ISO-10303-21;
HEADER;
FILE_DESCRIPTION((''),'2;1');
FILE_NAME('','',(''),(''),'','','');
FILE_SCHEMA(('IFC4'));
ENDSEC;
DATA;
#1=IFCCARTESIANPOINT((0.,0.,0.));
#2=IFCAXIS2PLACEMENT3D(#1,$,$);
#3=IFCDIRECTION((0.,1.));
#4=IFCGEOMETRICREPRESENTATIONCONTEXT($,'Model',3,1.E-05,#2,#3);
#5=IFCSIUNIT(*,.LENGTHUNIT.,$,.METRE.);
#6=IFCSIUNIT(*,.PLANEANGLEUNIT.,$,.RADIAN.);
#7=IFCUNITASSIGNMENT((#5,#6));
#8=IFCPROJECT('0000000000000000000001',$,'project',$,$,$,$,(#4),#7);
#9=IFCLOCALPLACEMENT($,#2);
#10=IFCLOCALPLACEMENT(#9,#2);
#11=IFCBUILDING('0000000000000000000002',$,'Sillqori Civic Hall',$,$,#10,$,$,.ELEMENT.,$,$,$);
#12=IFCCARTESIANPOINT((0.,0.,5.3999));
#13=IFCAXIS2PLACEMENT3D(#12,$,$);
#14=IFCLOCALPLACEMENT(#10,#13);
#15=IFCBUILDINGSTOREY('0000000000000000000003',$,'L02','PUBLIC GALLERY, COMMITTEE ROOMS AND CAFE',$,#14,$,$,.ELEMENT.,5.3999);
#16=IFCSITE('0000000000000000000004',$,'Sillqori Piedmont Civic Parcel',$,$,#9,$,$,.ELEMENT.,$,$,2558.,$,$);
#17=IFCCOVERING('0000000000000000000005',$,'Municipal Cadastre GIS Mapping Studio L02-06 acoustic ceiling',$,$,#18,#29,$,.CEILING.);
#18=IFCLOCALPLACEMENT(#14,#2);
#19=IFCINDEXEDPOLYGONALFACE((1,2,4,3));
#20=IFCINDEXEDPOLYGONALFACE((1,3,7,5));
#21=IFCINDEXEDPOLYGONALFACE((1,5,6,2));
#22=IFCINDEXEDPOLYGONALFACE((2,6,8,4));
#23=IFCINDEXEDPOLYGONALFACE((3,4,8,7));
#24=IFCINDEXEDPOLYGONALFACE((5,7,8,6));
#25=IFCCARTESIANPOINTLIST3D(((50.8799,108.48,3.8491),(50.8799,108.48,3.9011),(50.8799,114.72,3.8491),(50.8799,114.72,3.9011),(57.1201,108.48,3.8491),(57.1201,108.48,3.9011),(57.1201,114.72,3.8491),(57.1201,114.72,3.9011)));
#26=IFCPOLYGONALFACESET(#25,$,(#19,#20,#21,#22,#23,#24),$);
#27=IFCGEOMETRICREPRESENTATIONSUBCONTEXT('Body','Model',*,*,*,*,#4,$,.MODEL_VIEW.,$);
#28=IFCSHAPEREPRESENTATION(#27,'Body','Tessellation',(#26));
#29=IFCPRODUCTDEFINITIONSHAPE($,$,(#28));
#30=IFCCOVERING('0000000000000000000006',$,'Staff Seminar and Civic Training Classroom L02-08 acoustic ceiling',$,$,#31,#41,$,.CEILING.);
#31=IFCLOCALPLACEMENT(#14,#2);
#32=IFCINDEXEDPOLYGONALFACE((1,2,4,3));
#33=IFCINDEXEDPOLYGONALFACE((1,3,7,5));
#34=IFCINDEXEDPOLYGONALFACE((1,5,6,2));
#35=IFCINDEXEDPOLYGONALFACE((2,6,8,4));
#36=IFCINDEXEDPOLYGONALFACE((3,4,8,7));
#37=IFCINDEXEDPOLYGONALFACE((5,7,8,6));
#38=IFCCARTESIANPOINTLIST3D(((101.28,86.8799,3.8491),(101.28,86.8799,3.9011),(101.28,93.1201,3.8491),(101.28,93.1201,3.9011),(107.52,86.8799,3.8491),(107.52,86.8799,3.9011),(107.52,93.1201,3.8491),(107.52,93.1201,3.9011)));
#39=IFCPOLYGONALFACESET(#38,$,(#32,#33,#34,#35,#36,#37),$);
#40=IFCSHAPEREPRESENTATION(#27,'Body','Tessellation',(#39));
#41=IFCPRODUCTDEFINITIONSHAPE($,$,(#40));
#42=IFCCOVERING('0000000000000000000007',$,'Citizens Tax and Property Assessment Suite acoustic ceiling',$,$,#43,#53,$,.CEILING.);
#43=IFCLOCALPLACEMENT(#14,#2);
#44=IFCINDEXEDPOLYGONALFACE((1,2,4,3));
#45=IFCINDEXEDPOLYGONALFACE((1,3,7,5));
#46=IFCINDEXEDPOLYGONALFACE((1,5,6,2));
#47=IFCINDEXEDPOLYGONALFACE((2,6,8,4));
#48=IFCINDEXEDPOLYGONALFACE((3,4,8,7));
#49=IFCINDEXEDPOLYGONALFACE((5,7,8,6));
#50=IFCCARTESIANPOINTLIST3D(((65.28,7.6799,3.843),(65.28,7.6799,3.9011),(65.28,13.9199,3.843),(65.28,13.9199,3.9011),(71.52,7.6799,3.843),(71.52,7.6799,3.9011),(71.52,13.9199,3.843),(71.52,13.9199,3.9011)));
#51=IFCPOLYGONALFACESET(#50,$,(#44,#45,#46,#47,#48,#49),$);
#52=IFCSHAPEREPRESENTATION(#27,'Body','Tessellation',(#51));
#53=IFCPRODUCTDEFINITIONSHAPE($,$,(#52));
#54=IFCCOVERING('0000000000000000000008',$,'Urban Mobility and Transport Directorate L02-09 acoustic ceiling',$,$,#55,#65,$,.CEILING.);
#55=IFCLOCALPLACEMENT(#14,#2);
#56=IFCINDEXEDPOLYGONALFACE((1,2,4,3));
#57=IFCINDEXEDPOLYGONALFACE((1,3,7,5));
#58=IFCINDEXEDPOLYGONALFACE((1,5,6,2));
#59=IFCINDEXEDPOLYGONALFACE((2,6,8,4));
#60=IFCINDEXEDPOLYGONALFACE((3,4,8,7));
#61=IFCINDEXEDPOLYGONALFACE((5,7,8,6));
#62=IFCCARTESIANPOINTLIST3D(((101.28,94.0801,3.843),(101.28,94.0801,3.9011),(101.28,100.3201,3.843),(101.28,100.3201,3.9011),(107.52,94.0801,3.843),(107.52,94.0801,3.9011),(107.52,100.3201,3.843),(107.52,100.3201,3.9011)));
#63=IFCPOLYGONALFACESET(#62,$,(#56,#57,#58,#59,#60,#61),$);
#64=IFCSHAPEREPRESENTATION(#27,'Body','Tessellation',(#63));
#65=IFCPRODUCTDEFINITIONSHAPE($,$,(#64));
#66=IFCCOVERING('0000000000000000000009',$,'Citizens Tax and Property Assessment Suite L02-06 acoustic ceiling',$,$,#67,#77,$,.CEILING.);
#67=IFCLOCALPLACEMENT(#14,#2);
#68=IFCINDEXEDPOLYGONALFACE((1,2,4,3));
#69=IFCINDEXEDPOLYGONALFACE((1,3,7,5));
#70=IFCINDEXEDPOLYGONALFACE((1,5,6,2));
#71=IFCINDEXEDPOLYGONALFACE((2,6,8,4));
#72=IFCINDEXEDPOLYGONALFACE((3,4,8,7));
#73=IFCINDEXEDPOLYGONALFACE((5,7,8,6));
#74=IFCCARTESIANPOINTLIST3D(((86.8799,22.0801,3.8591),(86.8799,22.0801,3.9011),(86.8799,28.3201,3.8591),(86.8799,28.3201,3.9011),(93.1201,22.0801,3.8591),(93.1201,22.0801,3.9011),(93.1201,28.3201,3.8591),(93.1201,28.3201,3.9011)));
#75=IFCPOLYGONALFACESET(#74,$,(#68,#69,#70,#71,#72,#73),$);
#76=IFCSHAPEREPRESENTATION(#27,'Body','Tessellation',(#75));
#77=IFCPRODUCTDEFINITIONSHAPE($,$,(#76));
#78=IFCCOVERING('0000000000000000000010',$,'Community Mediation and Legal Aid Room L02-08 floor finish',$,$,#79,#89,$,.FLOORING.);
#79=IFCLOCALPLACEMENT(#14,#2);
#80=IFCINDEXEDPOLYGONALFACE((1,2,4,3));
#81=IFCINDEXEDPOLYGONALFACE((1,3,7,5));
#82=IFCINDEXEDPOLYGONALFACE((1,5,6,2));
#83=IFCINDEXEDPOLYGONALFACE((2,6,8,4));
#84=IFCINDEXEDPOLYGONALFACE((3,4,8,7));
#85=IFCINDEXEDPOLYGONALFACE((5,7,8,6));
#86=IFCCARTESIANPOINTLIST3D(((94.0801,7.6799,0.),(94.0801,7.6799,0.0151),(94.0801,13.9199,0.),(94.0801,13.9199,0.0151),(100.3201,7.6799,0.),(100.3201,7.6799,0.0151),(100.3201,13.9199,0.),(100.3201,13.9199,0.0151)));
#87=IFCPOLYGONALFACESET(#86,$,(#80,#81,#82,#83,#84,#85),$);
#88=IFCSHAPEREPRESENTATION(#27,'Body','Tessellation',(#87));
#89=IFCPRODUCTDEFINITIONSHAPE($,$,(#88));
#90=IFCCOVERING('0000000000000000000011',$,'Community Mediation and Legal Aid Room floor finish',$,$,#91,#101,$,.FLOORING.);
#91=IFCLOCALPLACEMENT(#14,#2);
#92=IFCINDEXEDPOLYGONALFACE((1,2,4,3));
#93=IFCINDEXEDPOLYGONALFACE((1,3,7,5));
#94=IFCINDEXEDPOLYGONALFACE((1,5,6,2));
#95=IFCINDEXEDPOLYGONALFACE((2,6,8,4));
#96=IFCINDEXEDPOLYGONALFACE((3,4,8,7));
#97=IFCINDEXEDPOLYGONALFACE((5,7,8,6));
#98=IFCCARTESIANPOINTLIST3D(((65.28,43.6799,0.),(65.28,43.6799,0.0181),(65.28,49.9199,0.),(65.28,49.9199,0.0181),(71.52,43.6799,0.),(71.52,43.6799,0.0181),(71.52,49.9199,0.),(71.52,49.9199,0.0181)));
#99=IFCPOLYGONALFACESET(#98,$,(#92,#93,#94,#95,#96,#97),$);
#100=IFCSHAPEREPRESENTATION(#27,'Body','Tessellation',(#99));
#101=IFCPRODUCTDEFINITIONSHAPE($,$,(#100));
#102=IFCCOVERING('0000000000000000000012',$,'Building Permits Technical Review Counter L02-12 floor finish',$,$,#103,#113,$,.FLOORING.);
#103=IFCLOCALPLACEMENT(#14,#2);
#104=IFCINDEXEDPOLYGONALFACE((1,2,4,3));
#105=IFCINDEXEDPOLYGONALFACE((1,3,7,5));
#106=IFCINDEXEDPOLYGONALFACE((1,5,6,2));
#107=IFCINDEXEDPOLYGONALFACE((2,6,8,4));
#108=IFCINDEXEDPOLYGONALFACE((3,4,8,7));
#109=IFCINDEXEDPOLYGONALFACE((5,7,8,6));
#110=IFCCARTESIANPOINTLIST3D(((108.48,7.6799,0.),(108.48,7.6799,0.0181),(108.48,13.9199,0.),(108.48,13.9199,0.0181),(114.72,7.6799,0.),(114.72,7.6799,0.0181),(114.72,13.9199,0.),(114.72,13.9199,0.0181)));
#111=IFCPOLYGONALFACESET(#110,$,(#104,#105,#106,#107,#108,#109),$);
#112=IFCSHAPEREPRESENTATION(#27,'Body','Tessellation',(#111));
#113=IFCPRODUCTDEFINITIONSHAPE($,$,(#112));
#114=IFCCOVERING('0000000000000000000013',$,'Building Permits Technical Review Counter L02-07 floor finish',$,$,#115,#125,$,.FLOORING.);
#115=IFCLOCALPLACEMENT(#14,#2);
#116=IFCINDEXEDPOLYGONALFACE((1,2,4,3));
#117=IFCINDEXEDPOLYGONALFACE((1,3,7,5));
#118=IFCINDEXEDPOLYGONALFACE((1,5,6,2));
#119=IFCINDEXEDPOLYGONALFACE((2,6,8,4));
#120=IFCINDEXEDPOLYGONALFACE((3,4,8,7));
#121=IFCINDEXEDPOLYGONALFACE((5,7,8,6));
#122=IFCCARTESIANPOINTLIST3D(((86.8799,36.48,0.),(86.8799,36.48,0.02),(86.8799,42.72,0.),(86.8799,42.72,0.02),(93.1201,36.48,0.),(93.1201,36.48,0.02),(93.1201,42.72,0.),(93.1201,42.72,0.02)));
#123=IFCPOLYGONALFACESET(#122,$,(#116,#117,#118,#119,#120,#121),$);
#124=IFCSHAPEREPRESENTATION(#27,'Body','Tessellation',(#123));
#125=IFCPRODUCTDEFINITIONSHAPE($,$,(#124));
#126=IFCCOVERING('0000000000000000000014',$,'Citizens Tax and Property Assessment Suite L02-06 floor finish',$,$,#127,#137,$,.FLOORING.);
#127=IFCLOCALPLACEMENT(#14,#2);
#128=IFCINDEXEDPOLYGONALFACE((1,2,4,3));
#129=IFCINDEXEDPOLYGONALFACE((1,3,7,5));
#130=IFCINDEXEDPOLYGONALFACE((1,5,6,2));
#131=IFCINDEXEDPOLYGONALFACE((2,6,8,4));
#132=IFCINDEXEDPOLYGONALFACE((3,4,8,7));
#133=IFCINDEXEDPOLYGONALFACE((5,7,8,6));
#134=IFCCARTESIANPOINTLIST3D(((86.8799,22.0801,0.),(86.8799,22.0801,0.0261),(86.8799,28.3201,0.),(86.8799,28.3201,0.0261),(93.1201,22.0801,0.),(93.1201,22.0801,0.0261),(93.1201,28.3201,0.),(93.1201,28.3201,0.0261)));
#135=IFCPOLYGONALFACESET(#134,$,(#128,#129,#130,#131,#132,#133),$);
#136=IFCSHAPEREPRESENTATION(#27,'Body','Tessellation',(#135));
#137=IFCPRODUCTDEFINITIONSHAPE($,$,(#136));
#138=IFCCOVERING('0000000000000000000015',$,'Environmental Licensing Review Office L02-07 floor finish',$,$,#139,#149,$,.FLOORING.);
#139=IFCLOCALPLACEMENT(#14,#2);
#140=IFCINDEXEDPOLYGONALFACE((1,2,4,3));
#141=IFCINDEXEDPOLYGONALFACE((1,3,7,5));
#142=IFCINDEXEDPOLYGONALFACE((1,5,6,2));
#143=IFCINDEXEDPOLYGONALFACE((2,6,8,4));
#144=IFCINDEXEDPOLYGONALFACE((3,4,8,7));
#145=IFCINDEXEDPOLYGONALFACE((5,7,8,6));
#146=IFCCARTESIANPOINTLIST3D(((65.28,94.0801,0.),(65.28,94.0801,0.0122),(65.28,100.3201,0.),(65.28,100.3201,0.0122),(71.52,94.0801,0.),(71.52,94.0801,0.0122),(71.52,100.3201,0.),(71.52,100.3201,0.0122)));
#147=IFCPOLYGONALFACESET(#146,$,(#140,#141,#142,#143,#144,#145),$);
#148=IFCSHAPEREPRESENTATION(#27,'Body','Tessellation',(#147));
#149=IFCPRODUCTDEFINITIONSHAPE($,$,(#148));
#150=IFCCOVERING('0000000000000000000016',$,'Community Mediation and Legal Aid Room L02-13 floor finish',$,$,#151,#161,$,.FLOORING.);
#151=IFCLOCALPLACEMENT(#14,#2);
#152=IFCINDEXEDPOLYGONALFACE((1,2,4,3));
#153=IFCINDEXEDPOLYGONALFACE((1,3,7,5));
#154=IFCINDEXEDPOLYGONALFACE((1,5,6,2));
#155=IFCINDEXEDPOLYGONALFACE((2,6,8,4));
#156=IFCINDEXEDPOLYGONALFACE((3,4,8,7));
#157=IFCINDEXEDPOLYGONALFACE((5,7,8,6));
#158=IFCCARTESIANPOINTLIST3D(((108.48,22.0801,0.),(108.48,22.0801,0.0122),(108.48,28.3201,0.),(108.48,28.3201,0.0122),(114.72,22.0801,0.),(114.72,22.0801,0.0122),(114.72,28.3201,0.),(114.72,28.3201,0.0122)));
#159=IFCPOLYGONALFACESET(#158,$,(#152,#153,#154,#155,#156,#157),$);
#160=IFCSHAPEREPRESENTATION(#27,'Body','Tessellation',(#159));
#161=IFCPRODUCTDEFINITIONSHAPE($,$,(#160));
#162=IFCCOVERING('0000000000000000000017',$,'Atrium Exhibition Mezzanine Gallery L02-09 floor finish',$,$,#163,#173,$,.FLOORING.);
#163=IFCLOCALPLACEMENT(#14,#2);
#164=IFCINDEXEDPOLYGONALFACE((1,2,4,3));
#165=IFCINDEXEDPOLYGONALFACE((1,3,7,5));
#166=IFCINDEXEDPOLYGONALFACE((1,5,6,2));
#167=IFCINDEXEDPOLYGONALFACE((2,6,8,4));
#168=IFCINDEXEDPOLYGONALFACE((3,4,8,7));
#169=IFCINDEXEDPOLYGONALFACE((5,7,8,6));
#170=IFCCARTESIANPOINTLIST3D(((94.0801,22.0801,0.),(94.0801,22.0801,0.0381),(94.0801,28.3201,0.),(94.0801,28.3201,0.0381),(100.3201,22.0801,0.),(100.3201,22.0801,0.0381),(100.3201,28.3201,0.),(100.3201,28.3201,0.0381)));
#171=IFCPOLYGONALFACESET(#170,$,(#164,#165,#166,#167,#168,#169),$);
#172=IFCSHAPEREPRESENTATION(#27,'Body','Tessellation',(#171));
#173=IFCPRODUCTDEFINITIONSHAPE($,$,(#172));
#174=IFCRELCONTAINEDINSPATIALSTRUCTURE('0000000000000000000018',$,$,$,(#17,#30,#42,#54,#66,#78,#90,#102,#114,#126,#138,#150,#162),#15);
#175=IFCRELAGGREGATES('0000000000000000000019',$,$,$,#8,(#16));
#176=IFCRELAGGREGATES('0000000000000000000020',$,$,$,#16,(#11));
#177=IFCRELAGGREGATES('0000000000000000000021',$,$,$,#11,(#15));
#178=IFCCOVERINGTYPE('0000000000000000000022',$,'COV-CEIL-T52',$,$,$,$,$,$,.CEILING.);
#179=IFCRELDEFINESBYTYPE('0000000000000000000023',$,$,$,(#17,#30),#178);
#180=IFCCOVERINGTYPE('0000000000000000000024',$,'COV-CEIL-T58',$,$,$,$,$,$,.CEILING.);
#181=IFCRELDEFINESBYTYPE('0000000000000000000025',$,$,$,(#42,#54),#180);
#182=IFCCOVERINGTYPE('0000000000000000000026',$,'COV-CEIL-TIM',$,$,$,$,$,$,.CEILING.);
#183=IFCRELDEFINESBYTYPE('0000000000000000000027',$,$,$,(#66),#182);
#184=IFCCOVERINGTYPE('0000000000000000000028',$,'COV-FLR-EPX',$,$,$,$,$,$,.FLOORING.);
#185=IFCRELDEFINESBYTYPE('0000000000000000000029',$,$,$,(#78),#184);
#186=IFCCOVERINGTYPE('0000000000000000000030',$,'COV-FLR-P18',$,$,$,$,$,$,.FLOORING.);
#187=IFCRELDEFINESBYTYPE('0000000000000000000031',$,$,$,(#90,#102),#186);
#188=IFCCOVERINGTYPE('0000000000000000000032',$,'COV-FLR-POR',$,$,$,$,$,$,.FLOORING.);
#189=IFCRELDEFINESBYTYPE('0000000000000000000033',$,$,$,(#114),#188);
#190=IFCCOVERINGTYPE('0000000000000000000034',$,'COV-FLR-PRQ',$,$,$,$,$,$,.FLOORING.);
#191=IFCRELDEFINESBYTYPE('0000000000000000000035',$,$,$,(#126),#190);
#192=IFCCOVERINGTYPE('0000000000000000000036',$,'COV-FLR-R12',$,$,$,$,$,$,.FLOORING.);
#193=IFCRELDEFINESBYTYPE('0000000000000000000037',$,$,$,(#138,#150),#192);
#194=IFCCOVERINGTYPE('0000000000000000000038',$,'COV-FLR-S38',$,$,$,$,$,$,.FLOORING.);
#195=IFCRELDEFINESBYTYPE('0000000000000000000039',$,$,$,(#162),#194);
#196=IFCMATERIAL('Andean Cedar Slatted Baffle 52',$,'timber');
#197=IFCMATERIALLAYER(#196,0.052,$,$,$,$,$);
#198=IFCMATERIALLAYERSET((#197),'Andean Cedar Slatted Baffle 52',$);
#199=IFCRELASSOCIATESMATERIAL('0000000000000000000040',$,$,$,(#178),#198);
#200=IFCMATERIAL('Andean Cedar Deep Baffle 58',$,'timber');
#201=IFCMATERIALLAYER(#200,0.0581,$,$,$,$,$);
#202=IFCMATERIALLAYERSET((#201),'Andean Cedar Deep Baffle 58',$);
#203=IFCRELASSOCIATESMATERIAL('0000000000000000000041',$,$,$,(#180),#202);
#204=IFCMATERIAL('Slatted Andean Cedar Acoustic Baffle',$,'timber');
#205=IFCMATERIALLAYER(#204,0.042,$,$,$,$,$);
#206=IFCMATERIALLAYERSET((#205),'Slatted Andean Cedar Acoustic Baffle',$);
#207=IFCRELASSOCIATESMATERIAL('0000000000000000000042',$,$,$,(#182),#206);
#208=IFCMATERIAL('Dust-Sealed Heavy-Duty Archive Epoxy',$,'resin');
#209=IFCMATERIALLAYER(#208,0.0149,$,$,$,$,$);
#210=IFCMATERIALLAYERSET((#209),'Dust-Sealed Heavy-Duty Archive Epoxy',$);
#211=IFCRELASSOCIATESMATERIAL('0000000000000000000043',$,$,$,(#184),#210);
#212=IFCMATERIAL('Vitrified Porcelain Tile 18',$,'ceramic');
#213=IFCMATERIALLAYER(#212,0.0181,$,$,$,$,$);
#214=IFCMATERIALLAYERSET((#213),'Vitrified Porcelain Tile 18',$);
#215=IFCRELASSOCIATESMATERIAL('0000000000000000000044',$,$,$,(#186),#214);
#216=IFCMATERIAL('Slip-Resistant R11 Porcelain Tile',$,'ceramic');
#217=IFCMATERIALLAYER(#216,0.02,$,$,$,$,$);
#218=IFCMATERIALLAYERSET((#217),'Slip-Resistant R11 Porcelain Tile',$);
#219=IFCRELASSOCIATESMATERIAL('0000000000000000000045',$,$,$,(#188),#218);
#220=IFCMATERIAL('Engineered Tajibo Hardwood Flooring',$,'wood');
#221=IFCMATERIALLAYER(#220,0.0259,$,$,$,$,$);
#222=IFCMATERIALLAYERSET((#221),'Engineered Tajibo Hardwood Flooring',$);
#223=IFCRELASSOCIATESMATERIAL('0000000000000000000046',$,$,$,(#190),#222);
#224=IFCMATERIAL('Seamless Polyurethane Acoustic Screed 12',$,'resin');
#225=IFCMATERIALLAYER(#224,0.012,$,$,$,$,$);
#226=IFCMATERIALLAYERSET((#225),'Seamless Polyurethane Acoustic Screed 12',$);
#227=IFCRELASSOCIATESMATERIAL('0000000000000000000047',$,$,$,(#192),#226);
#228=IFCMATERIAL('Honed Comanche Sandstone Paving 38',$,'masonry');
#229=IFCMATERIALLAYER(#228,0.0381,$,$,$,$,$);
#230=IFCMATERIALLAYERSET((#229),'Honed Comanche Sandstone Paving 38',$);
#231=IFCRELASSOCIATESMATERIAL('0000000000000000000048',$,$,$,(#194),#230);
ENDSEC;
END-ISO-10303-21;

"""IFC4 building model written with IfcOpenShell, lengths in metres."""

from ifc_helpers import new_model, si_unit, direction, frame, origin, place, context, subcontext, project, spatial, polyline, outline, extrude, material, layer, layer_set, type_object, element, save


model = new_model("IFC4")

# Units and contexts
model_context = context("Model", 3, precision=1e-05, world=origin(), true_north=direction((0.0, 1.0)))
body_context = subcontext(model_context, "Body", "Model", "MODEL_VIEW")
ifc_project = project(units=[si_unit("LENGTHUNIT", "METRE"), si_unit("PLANEANGLEUNIT", "RADIAN")], contexts=[model_context])

# Site, building, storey
site_placement = place(None, origin())
site = spatial("IfcSite", under=ifc_project, at=site_placement, Name="Sillqori Piedmont Civic Parcel", CompositionType="ELEMENT", RefElevation=2558.0)
building_placement = place(site_placement, origin())
building = spatial("IfcBuilding", under=site, at=building_placement, Name="Sillqori Civic Hall", CompositionType="ELEMENT")
storey_placement = place(building_placement, frame((0.0, 0.0, 5.3999)))
storey = spatial("IfcBuildingStorey", under=building, at=storey_placement, Name="L02", Description="PUBLIC GALLERY, COMMITTEE ROOMS AND CAFE", CompositionType="ELEMENT", Elevation=5.3999)

# Coverings
ifc_material_1 = material(Name="Andean Cedar Slatted Baffle 52", Category="timber")
ifc_layer_1 = layer(ifc_material_1, 0.052)
ifc_layer_set_1 = layer_set([ifc_layer_1], Name="Andean Cedar Slatted Baffle 52")
covering_type_1 = type_object("IfcCoveringType", Name="COV-CEIL-T52", PredefinedType="CEILING", material=ifc_layer_set_1)
covering_1_placement = place(storey_placement, frame((0.0, 0.0, 3.8491)))
element("IfcCovering", 1, at=covering_1_placement, inside=storey, type_object=covering_type_1, Name="Municipal Cadastre GIS Mapping Studio L02-06 acoustic ceiling", PredefinedType="CEILING", context=body_context, shape_type="SweptSolid", body=[
    extrude(outline(polyline([(50.8799, 108.48), (57.1201, 108.48), (57.1201, 114.72), (50.8799, 114.72), (50.8799, 108.48)])), origin(), (0.0, 0.0, 1.0), 0.052),
])
covering_2_placement = place(storey_placement, frame((0.0, 0.0, 3.8491)))
element("IfcCovering", 2, at=covering_2_placement, inside=storey, type_object=covering_type_1, Name="Staff Seminar and Civic Training Classroom L02-08 acoustic ceiling", PredefinedType="CEILING", context=body_context, shape_type="SweptSolid", body=[
    extrude(outline(polyline([(101.28, 86.8799), (107.52, 86.8799), (107.52, 93.1201), (101.28, 93.1201), (101.28, 86.8799)])), origin(), (0.0, 0.0, 1.0), 0.052),
])
ifc_material_2 = material(Name="Andean Cedar Deep Baffle 58", Category="timber")
ifc_layer_2 = layer(ifc_material_2, 0.0581)
ifc_layer_set_2 = layer_set([ifc_layer_2], Name="Andean Cedar Deep Baffle 58")
covering_type_2 = type_object("IfcCoveringType", Name="COV-CEIL-T58", PredefinedType="CEILING", material=ifc_layer_set_2)
covering_3_placement = place(storey_placement, frame((0.0, 0.0, 3.843)))
element("IfcCovering", 3, at=covering_3_placement, inside=storey, type_object=covering_type_2, Name="Citizens Tax and Property Assessment Suite acoustic ceiling", PredefinedType="CEILING", context=body_context, shape_type="SweptSolid", body=[
    extrude(outline(polyline([(65.28, 7.6799), (71.52, 7.6799), (71.52, 13.9199), (65.28, 13.9199), (65.28, 7.6799)])), origin(), (0.0, 0.0, 1.0), 0.0581),
])
covering_4_placement = place(storey_placement, frame((0.0, 0.0, 3.843)))
element("IfcCovering", 4, at=covering_4_placement, inside=storey, type_object=covering_type_2, Name="Urban Mobility and Transport Directorate L02-09 acoustic ceiling", PredefinedType="CEILING", context=body_context, shape_type="SweptSolid", body=[
    extrude(outline(polyline([(101.28, 94.0801), (107.52, 94.0801), (107.52, 100.3201), (101.28, 100.3201), (101.28, 94.0801)])), origin(), (0.0, 0.0, 1.0), 0.0581),
])
ifc_material_3 = material(Name="Slatted Andean Cedar Acoustic Baffle", Category="timber")
ifc_layer_3 = layer(ifc_material_3, 0.042)
ifc_layer_set_3 = layer_set([ifc_layer_3], Name="Slatted Andean Cedar Acoustic Baffle")
covering_type_3 = type_object("IfcCoveringType", Name="COV-CEIL-TIM", PredefinedType="CEILING", material=ifc_layer_set_3)
covering_5_placement = place(storey_placement, frame((0.0, 0.0, 3.8591)))
element("IfcCovering", 5, at=covering_5_placement, inside=storey, type_object=covering_type_3, Name="Citizens Tax and Property Assessment Suite L02-06 acoustic ceiling", PredefinedType="CEILING", context=body_context, shape_type="SweptSolid", body=[
    extrude(outline(polyline([(86.8799, 22.0801), (93.1201, 22.0801), (93.1201, 28.3201), (86.8799, 28.3201), (86.8799, 22.0801)])), origin(), (0.0, 0.0, 1.0), 0.042),
])
ifc_material_4 = material(Name="Dust-Sealed Heavy-Duty Archive Epoxy", Category="resin")
ifc_layer_4 = layer(ifc_material_4, 0.0149)
ifc_layer_set_4 = layer_set([ifc_layer_4], Name="Dust-Sealed Heavy-Duty Archive Epoxy")
covering_type_4 = type_object("IfcCoveringType", Name="COV-FLR-EPX", PredefinedType="FLOORING", material=ifc_layer_set_4)
covering_6_placement = place(storey_placement, origin())
element("IfcCovering", 6, at=covering_6_placement, inside=storey, type_object=covering_type_4, Name="Community Mediation and Legal Aid Room L02-08 floor finish", PredefinedType="FLOORING", context=body_context, shape_type="SweptSolid", body=[
    extrude(outline(polyline([(94.0801, 7.6799), (100.3201, 7.6799), (100.3201, 13.9199), (94.0801, 13.9199), (94.0801, 7.6799)])), origin(), (0.0, 0.0, 1.0), 0.0151),
])
ifc_material_5 = material(Name="Vitrified Porcelain Tile 18", Category="ceramic")
ifc_layer_5 = layer(ifc_material_5, 0.0181)
ifc_layer_set_5 = layer_set([ifc_layer_5], Name="Vitrified Porcelain Tile 18")
covering_type_5 = type_object("IfcCoveringType", Name="COV-FLR-P18", PredefinedType="FLOORING", material=ifc_layer_set_5)
covering_7_placement = place(storey_placement, origin())
element("IfcCovering", 7, at=covering_7_placement, inside=storey, type_object=covering_type_5, Name="Community Mediation and Legal Aid Room floor finish", PredefinedType="FLOORING", context=body_context, shape_type="SweptSolid", body=[
    extrude(outline(polyline([(65.28, 43.6799), (71.52, 43.6799), (71.52, 49.9199), (65.28, 49.9199), (65.28, 43.6799)])), origin(), (0.0, 0.0, 1.0), 0.0181),
])
covering_8_placement = place(storey_placement, origin())
element("IfcCovering", 8, at=covering_8_placement, inside=storey, type_object=covering_type_5, Name="Building Permits Technical Review Counter L02-12 floor finish", PredefinedType="FLOORING", context=body_context, shape_type="SweptSolid", body=[
    extrude(outline(polyline([(108.48, 7.6799), (114.72, 7.6799), (114.72, 13.9199), (108.48, 13.9199), (108.48, 7.6799)])), origin(), (0.0, 0.0, 1.0), 0.0181),
])
ifc_material_6 = material(Name="Slip-Resistant R11 Porcelain Tile", Category="ceramic")
ifc_layer_6 = layer(ifc_material_6, 0.02)
ifc_layer_set_6 = layer_set([ifc_layer_6], Name="Slip-Resistant R11 Porcelain Tile")
covering_type_6 = type_object("IfcCoveringType", Name="COV-FLR-POR", PredefinedType="FLOORING", material=ifc_layer_set_6)
covering_9_placement = place(storey_placement, origin())
element("IfcCovering", 9, at=covering_9_placement, inside=storey, type_object=covering_type_6, Name="Building Permits Technical Review Counter L02-07 floor finish", PredefinedType="FLOORING", context=body_context, shape_type="SweptSolid", body=[
    extrude(outline(polyline([(86.8799, 36.48), (93.1201, 36.48), (93.1201, 42.72), (86.8799, 42.72), (86.8799, 36.48)])), origin(), (0.0, 0.0, 1.0), 0.02),
])
ifc_material_7 = material(Name="Engineered Tajibo Hardwood Flooring", Category="wood")
ifc_layer_7 = layer(ifc_material_7, 0.0259)
ifc_layer_set_7 = layer_set([ifc_layer_7], Name="Engineered Tajibo Hardwood Flooring")
covering_type_7 = type_object("IfcCoveringType", Name="COV-FLR-PRQ", PredefinedType="FLOORING", material=ifc_layer_set_7)
covering_10_placement = place(storey_placement, origin())
element("IfcCovering", 10, at=covering_10_placement, inside=storey, type_object=covering_type_7, Name="Citizens Tax and Property Assessment Suite L02-06 floor finish", PredefinedType="FLOORING", context=body_context, shape_type="SweptSolid", body=[
    extrude(outline(polyline([(86.8799, 22.0801), (93.1201, 22.0801), (93.1201, 28.3201), (86.8799, 28.3201), (86.8799, 22.0801)])), origin(), (0.0, 0.0, 1.0), 0.0261),
])
ifc_material_8 = material(Name="Seamless Polyurethane Acoustic Screed 12", Category="resin")
ifc_layer_8 = layer(ifc_material_8, 0.012)
ifc_layer_set_8 = layer_set([ifc_layer_8], Name="Seamless Polyurethane Acoustic Screed 12")
covering_type_8 = type_object("IfcCoveringType", Name="COV-FLR-R12", PredefinedType="FLOORING", material=ifc_layer_set_8)
covering_11_placement = place(storey_placement, origin())
element("IfcCovering", 11, at=covering_11_placement, inside=storey, type_object=covering_type_8, Name="Environmental Licensing Review Office L02-07 floor finish", PredefinedType="FLOORING", context=body_context, shape_type="SweptSolid", body=[
    extrude(outline(polyline([(65.28, 94.0801), (71.52, 94.0801), (71.52, 100.3201), (65.28, 100.3201), (65.28, 94.0801)])), origin(), (0.0, 0.0, 1.0), 0.0122),
])
covering_12_placement = place(storey_placement, origin())
element("IfcCovering", 12, at=covering_12_placement, inside=storey, type_object=covering_type_8, Name="Community Mediation and Legal Aid Room L02-13 floor finish", PredefinedType="FLOORING", context=body_context, shape_type="SweptSolid", body=[
    extrude(outline(polyline([(108.48, 22.0801), (114.72, 22.0801), (114.72, 28.3201), (108.48, 28.3201), (108.48, 22.0801)])), origin(), (0.0, 0.0, 1.0), 0.0122),
])
ifc_material_9 = material(Name="Honed Comanche Sandstone Paving 38", Category="masonry")
ifc_layer_9 = layer(ifc_material_9, 0.0381)
ifc_layer_set_9 = layer_set([ifc_layer_9], Name="Honed Comanche Sandstone Paving 38")
covering_type_9 = type_object("IfcCoveringType", Name="COV-FLR-S38", PredefinedType="FLOORING", material=ifc_layer_set_9)
covering_13_placement = place(storey_placement, origin())
element("IfcCovering", 13, at=covering_13_placement, inside=storey, type_object=covering_type_9, Name="Atrium Exhibition Mezzanine Gallery L02-09 floor finish", PredefinedType="FLOORING", context=body_context, shape_type="SweptSolid", body=[
    extrude(outline(polyline([(94.0801, 22.0801), (100.3201, 22.0801), (100.3201, 28.3201), (94.0801, 28.3201), (94.0801, 22.0801)])), origin(), (0.0, 0.0, 1.0), 0.0381),
])

save(model, "model.ifc")
